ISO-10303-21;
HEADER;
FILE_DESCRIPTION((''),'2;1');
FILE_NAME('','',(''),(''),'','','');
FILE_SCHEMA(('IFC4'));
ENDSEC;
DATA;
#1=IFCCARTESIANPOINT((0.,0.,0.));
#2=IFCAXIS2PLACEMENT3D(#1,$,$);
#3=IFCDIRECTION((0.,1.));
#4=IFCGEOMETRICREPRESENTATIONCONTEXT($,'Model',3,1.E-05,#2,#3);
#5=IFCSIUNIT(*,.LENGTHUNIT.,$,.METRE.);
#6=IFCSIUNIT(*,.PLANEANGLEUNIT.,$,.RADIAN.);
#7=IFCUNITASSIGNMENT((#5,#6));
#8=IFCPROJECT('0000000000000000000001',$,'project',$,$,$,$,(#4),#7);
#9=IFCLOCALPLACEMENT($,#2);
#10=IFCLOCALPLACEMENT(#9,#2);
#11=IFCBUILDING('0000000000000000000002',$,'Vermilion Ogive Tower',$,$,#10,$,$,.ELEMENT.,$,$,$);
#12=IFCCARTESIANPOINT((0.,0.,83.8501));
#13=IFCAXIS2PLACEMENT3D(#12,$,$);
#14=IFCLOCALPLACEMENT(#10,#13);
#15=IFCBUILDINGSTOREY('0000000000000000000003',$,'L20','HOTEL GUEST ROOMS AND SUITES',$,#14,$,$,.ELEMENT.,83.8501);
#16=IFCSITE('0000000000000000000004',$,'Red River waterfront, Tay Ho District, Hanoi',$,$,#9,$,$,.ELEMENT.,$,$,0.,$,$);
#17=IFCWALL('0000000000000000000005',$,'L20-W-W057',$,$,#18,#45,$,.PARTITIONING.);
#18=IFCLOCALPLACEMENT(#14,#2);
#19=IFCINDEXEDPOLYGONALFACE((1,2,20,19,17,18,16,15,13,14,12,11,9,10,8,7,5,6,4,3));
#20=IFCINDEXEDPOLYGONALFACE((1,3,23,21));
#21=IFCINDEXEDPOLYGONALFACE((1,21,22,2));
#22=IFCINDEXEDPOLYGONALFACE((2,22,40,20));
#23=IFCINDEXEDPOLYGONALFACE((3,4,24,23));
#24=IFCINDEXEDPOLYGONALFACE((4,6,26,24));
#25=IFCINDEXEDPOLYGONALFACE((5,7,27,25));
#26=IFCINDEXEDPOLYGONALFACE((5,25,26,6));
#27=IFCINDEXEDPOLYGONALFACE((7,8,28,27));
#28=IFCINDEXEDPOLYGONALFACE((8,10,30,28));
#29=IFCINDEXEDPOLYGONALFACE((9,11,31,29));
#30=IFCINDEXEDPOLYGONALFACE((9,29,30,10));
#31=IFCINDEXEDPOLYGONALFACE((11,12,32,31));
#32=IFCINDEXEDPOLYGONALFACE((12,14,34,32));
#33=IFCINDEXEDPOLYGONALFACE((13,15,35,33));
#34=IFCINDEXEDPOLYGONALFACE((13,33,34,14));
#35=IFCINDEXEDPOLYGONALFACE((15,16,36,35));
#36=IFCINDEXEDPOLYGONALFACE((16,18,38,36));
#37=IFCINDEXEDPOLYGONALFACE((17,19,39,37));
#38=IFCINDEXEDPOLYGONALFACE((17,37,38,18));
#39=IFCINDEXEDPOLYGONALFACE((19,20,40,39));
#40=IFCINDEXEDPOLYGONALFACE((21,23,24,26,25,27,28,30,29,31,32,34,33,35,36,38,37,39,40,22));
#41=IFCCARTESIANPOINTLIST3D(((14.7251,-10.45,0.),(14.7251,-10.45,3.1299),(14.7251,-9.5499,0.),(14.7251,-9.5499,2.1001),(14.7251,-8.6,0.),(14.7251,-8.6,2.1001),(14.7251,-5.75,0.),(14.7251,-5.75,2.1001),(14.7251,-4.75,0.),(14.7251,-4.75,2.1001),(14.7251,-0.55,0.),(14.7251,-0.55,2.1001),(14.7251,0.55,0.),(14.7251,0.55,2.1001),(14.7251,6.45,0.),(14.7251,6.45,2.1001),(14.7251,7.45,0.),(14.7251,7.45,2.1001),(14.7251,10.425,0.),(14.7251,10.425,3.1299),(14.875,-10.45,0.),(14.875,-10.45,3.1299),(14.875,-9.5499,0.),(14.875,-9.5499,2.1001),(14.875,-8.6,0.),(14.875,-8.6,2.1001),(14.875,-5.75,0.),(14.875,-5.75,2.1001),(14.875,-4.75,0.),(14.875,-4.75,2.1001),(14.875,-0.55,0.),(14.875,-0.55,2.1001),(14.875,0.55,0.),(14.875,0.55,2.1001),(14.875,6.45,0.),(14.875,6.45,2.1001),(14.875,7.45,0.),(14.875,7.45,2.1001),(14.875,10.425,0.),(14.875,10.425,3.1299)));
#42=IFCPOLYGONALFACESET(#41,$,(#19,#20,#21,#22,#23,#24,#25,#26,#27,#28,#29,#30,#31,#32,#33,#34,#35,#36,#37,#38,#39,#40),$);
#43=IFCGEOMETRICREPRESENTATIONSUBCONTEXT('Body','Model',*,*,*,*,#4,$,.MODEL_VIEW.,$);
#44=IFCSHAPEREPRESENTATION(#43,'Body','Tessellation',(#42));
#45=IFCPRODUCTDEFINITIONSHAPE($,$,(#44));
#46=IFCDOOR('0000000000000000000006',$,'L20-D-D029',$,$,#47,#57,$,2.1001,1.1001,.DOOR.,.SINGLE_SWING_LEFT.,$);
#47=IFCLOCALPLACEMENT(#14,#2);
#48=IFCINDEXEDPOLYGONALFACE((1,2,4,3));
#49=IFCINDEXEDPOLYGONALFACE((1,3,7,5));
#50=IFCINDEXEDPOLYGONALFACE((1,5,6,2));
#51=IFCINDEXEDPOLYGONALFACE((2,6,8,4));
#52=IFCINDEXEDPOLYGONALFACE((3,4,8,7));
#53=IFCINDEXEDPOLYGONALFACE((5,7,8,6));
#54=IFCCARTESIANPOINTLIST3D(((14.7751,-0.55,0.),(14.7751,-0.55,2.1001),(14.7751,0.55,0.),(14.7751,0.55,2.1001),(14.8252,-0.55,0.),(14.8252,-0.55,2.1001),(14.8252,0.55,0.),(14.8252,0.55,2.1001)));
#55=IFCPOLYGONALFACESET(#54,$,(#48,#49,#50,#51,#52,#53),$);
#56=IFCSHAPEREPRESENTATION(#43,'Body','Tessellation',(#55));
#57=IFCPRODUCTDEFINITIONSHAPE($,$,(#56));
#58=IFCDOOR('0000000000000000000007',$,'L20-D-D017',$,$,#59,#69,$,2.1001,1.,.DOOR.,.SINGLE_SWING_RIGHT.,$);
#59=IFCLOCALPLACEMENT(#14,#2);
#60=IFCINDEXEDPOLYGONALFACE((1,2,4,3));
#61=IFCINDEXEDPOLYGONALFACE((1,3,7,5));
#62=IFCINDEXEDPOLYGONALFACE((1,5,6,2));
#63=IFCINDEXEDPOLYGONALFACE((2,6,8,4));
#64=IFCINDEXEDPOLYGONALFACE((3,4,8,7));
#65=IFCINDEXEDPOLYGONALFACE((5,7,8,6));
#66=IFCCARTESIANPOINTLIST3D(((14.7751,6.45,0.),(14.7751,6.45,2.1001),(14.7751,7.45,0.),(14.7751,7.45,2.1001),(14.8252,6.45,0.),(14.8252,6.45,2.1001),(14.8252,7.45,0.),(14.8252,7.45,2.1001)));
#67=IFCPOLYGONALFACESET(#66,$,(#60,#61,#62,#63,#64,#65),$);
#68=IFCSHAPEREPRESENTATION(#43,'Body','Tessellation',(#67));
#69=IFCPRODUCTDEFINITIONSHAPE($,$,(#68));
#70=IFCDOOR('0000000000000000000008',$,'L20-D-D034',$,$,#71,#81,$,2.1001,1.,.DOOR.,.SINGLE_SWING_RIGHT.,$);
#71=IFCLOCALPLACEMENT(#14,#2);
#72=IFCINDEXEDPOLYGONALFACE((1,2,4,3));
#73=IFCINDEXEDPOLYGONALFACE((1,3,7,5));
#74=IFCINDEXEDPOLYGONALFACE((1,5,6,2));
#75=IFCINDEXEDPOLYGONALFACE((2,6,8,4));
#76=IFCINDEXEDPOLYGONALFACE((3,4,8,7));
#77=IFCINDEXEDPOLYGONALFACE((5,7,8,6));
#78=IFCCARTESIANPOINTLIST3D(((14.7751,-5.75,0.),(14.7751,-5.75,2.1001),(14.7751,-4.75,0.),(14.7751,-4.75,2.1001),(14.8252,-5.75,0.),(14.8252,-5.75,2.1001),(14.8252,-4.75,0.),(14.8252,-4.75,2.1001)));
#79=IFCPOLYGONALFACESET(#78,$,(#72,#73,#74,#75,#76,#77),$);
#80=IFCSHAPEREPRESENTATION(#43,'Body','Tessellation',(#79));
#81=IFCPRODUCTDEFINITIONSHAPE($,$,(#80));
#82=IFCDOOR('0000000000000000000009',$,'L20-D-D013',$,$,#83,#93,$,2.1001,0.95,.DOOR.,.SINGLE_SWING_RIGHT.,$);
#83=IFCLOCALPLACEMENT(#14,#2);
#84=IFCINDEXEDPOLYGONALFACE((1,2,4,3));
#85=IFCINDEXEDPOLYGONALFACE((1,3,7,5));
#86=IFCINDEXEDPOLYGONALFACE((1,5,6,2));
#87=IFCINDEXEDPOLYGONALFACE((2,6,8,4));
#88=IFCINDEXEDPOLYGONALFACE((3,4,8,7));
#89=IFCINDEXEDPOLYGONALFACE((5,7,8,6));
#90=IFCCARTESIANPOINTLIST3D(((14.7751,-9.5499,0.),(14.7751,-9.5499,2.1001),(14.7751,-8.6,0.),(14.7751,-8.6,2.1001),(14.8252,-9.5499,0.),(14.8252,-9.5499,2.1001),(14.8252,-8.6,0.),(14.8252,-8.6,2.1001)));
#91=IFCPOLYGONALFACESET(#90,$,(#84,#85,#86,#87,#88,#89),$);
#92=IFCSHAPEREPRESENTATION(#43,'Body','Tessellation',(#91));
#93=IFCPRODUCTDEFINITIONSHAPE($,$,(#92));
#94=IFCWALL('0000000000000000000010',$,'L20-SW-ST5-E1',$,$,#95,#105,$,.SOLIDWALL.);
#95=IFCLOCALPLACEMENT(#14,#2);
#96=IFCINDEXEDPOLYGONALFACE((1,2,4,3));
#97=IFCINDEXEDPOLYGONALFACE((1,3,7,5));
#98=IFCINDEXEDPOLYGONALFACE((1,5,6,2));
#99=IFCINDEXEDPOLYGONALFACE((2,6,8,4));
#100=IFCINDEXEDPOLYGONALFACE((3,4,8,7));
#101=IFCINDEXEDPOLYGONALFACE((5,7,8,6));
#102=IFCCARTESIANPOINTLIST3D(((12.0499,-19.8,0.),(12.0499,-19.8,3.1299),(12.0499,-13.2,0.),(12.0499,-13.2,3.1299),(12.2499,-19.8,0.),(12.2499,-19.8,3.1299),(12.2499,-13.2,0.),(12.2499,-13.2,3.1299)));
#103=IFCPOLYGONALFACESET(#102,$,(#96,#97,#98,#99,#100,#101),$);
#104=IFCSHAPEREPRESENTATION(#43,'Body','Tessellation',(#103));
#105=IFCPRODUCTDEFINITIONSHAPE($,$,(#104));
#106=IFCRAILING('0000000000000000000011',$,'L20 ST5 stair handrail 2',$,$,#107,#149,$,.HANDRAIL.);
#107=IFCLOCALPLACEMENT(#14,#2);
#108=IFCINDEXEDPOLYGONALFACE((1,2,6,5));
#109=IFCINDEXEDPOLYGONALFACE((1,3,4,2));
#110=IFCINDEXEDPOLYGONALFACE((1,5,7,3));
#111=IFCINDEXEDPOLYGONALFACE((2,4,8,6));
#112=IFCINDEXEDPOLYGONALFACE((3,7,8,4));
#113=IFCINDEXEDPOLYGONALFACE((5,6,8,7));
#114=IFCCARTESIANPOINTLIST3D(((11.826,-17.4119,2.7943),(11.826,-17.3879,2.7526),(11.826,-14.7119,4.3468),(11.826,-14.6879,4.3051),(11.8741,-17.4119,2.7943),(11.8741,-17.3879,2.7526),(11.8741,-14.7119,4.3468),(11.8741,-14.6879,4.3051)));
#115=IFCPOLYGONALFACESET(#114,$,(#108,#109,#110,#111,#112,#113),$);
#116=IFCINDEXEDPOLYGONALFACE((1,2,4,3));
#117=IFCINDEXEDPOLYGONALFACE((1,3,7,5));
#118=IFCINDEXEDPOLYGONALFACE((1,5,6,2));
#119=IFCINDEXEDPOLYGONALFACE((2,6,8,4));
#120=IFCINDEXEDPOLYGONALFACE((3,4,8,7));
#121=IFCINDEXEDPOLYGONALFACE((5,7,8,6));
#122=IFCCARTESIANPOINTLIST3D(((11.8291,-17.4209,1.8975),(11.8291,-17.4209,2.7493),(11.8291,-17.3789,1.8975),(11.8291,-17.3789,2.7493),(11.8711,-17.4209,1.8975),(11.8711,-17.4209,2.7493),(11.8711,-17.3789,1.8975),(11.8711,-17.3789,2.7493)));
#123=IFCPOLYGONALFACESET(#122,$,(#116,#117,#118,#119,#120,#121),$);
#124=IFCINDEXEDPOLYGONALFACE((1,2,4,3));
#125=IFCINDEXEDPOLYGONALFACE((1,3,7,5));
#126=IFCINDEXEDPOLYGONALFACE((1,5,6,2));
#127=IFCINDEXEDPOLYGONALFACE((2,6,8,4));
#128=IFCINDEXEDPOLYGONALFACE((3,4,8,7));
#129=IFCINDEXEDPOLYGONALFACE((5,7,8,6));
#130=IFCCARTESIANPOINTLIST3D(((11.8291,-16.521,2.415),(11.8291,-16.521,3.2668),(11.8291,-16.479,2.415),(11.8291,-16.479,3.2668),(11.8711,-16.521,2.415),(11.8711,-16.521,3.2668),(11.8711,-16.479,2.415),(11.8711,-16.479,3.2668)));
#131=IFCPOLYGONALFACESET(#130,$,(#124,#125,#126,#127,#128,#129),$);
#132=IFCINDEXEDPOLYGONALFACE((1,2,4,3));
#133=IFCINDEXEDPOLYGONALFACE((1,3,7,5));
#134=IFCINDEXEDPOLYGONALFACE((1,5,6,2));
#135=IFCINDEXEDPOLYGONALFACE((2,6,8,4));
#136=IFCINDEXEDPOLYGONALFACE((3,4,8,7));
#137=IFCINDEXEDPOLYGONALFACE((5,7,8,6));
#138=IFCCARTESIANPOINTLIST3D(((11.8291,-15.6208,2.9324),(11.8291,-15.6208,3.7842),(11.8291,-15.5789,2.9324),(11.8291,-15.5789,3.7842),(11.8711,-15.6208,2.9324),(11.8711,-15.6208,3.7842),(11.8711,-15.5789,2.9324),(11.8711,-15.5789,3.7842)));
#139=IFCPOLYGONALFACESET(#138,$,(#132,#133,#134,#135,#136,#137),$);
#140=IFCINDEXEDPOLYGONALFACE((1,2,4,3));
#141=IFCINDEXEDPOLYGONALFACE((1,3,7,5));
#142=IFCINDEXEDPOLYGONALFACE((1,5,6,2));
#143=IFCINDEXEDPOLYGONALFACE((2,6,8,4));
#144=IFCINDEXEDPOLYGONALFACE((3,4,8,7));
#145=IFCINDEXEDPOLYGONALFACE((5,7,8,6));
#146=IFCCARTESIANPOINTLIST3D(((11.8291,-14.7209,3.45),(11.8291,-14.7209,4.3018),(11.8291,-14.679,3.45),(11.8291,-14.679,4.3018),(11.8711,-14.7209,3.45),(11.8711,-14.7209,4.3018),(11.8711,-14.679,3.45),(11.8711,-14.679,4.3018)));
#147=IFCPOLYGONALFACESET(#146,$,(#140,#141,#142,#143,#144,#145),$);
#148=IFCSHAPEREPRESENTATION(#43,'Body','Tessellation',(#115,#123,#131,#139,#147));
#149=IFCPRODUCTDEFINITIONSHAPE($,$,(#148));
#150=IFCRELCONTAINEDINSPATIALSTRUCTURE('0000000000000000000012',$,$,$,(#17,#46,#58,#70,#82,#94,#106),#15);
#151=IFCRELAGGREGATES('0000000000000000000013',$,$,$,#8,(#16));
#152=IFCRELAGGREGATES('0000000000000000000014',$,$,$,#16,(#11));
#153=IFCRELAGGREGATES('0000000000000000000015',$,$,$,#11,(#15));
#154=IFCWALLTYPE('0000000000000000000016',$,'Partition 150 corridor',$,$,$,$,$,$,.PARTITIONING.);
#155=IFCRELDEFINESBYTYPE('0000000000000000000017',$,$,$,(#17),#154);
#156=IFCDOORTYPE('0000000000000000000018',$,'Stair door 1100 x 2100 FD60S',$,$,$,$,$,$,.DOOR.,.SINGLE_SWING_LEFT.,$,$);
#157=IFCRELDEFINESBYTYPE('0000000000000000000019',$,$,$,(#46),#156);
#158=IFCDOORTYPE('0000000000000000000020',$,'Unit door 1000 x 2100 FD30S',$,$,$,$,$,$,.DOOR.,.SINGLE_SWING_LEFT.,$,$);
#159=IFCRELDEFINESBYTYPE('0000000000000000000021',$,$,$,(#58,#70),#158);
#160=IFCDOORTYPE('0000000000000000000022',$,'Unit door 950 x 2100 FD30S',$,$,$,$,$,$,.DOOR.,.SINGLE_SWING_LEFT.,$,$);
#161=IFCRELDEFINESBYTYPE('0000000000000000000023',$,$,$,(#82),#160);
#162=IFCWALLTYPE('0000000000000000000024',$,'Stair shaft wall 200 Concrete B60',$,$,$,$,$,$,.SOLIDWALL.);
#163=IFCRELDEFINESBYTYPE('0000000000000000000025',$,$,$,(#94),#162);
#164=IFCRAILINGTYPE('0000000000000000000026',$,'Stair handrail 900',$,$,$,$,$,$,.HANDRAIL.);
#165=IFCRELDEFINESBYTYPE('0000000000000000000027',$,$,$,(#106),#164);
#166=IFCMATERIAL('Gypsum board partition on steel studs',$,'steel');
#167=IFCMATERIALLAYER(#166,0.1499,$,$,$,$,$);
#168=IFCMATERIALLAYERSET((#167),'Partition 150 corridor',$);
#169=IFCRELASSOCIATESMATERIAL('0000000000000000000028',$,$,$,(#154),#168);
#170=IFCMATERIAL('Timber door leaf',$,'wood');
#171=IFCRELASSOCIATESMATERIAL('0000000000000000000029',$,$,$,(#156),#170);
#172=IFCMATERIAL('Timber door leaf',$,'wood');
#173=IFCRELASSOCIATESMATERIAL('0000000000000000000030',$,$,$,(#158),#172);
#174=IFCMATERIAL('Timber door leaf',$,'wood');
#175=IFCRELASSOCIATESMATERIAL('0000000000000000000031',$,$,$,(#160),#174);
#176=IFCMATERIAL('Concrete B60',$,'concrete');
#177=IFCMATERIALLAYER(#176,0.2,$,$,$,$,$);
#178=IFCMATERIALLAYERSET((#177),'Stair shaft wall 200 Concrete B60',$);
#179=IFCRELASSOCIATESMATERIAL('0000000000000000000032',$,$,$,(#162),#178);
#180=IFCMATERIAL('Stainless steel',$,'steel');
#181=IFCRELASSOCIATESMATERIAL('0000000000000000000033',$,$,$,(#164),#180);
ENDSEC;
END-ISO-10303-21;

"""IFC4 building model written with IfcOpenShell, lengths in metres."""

from ifc_helpers import new_model, si_unit, direction, frame, frame_2d, origin, origin_2d, place, context, subcontext, project, spatial, rectangle, extrude, material, layer, layer_set, type_object, element, fill, save


model = new_model("IFC4")

# Units and contexts
model_context = context("Model", 3, precision=1e-05, world=origin(), true_north=direction((0.0, 1.0)))
body_context = subcontext(model_context, "Body", "Model", "MODEL_VIEW")
ifc_project = project(units=[si_unit("LENGTHUNIT", "METRE"), si_unit("PLANEANGLEUNIT", "RADIAN")], contexts=[model_context])

# Site, building, storey
site_placement = place(None, origin())
site = spatial("IfcSite", under=ifc_project, at=site_placement, Name="Red River waterfront, Tay Ho District, Hanoi", CompositionType="ELEMENT", RefElevation=0.0)
building_placement = place(site_placement, origin())
building = spatial("IfcBuilding", under=site, at=building_placement, Name="Vermilion Ogive Tower", CompositionType="ELEMENT")
storey_placement = place(building_placement, frame((0.0, 0.0, 83.8501)))
storey = spatial("IfcBuildingStorey", under=building, at=storey_placement, Name="L20", Description="HOTEL GUEST ROOMS AND SUITES", CompositionType="ELEMENT", Elevation=83.8501)

# Wall, openings, doors
ifc_material_1 = material(Name="Gypsum board partition on steel studs", Category="steel")
ifc_layer_1 = layer(ifc_material_1, 0.1499)
ifc_layer_set_1 = layer_set([ifc_layer_1], Name="Partition 150 corridor")
wall_type_1 = type_object("IfcWallType", Name="Partition 150 corridor", PredefinedType="PARTITIONING", material=ifc_layer_set_1)
wall_1_placement = place(storey_placement, frame((14.8, -10.45, 0.0), z_axis=(0.0, 0.0, 1.0), x_axis=(0.0, 1.0, 0.0)))
wall_1 = element("IfcWall", 1, at=wall_1_placement, inside=storey, type_object=wall_type_1, Name="L20-W-W057", PredefinedType="PARTITIONING", context=body_context, shape_type="SweptSolid", body=[
    extrude(rectangle(XDim=20.875, YDim=0.1499, at=frame_2d((10.4375, 0.0))), origin(), (0.0, 0.0, 1.0), 3.1299),
])
opening_1_placement = place(wall_1_placement, frame((0.8999, 0.0, 0.0)))
opening_1 = element("IfcOpeningElement", 2, at=opening_1_placement, cuts=wall_1, PredefinedType="OPENING", context=body_context, shape_type="SweptSolid", body=[
    extrude(rectangle(XDim=0.95, YDim=2.1001, at=frame_2d((0.4751, 1.05))), frame((0.0, 0.085, 0.0), z_axis=(0.0, -1.0, 0.0), x_axis=(1.0, 0.0, 0.0)), (0.0, 0.0, 1.0), 0.1699),
])
opening_2_placement = place(wall_1_placement, frame((16.8999, 0.0, 0.0)))
opening_2 = element("IfcOpeningElement", 3, at=opening_2_placement, cuts=wall_1, PredefinedType="OPENING", context=body_context, shape_type="SweptSolid", body=[
    extrude(rectangle(XDim=1.0, YDim=2.1001, at=frame_2d((0.5, 1.05))), frame((0.0, 0.085, 0.0), z_axis=(0.0, -1.0, 0.0), x_axis=(1.0, 0.0, 0.0)), (0.0, 0.0, 1.0), 0.1699),
])
opening_3_placement = place(wall_1_placement, frame((9.8999, 0.0, 0.0)))
opening_3 = element("IfcOpeningElement", 4, at=opening_3_placement, cuts=wall_1, PredefinedType="OPENING", context=body_context, shape_type="SweptSolid", body=[
    extrude(rectangle(XDim=1.1001, YDim=2.1001, at=frame_2d((0.55, 1.05))), frame((0.0, 0.085, 0.0), z_axis=(0.0, -1.0, 0.0), x_axis=(1.0, 0.0, 0.0)), (0.0, 0.0, 1.0), 0.1699),
])
opening_4_placement = place(wall_1_placement, frame((4.7, 0.0, 0.0)))
opening_4 = element("IfcOpeningElement", 5, at=opening_4_placement, cuts=wall_1, PredefinedType="OPENING", context=body_context, shape_type="SweptSolid", body=[
    extrude(rectangle(XDim=1.0, YDim=2.1001, at=frame_2d((0.5, 1.05))), frame((0.0, 0.085, 0.0), z_axis=(0.0, -1.0, 0.0), x_axis=(1.0, 0.0, 0.0)), (0.0, 0.0, 1.0), 0.1699),
])
ifc_material_2 = material(Name="Timber door leaf", Category="wood")
door_type_1 = type_object("IfcDoorType", Name="Stair door 1100 x 2100 FD60S", OperationType="SINGLE_SWING_LEFT", PredefinedType="DOOR", material=ifc_material_2)
door_1_placement = place(opening_3_placement, origin())
door_1 = element("IfcDoor", 6, at=door_1_placement, inside=storey, type_object=door_type_1, Name="L20-D-D029", OperationType="SINGLE_SWING_LEFT", OverallHeight=2.1001, OverallWidth=1.1001, PredefinedType="DOOR", context=body_context, shape_type="SweptSolid", body=[
    extrude(rectangle(XDim=1.1001, YDim=2.1001, at=frame_2d((0.55, 1.05))), frame((0.0, 0.0249, 0.0), z_axis=(0.0, -1.0, 0.0), x_axis=(1.0, 0.0, 0.0)), (0.0, 0.0, 1.0), 0.05),
])
fill(opening_3, door_1)
ifc_material_3 = material(Name="Timber door leaf", Category="wood")
door_type_2 = type_object("IfcDoorType", Name="Unit door 1000 x 2100 FD30S", OperationType="SINGLE_SWING_LEFT", PredefinedType="DOOR", material=ifc_material_3)
door_2_placement = place(opening_2_placement, origin())
door_2 = element("IfcDoor", 7, at=door_2_placement, inside=storey, type_object=door_type_2, Name="L20-D-D017", OperationType="SINGLE_SWING_RIGHT", OverallHeight=2.1001, OverallWidth=1.0, PredefinedType="DOOR", context=body_context, shape_type="SweptSolid", body=[
    extrude(rectangle(XDim=1.0, YDim=2.1001, at=frame_2d((0.5, 1.05))), frame((0.0, 0.0249, 0.0), z_axis=(0.0, -1.0, 0.0), x_axis=(1.0, 0.0, 0.0)), (0.0, 0.0, 1.0), 0.05),
])
fill(opening_2, door_2)
door_3_placement = place(opening_4_placement, origin())
door_3 = element("IfcDoor", 8, at=door_3_placement, inside=storey, type_object=door_type_2, Name="L20-D-D034", OperationType="SINGLE_SWING_RIGHT", OverallHeight=2.1001, OverallWidth=1.0, PredefinedType="DOOR", context=body_context, shape_type="SweptSolid", body=[
    extrude(rectangle(XDim=1.0, YDim=2.1001, at=frame_2d((0.5, 1.05))), frame((0.0, 0.0249, 0.0), z_axis=(0.0, -1.0, 0.0), x_axis=(1.0, 0.0, 0.0)), (0.0, 0.0, 1.0), 0.05),
])
fill(opening_4, door_3)
ifc_material_4 = material(Name="Timber door leaf", Category="wood")
door_type_3 = type_object("IfcDoorType", Name="Unit door 950 x 2100 FD30S", OperationType="SINGLE_SWING_LEFT", PredefinedType="DOOR", material=ifc_material_4)
door_4_placement = place(opening_1_placement, origin())
door_4 = element("IfcDoor", 9, at=door_4_placement, inside=storey, type_object=door_type_3, Name="L20-D-D013", OperationType="SINGLE_SWING_RIGHT", OverallHeight=2.1001, OverallWidth=0.95, PredefinedType="DOOR", context=body_context, shape_type="SweptSolid", body=[
    extrude(rectangle(XDim=0.95, YDim=2.1001, at=frame_2d((0.4751, 1.05))), frame((0.0, 0.0249, 0.0), z_axis=(0.0, -1.0, 0.0), x_axis=(1.0, 0.0, 0.0)), (0.0, 0.0, 1.0), 0.05),
])
fill(opening_1, door_4)

# Wall
ifc_material_5 = material(Name="Concrete B60", Category="concrete")
ifc_layer_2 = layer(ifc_material_5, 0.2)
ifc_layer_set_2 = layer_set([ifc_layer_2], Name="Stair shaft wall 200 Concrete B60")
wall_type_2 = type_object("IfcWallType", Name="Stair shaft wall 200 Concrete B60", PredefinedType="SOLIDWALL", material=ifc_layer_set_2)
wall_2_placement = place(storey_placement, frame((12.1499, -19.8, 0.0), z_axis=(0.0, 0.0, 1.0), x_axis=(0.0, 1.0, 0.0)))
element("IfcWall", 10, at=wall_2_placement, inside=storey, type_object=wall_type_2, Name="L20-SW-ST5-E1", PredefinedType="SOLIDWALL", context=body_context, shape_type="SweptSolid", body=[
    extrude(rectangle(XDim=6.6001, YDim=0.2, at=frame_2d((3.3, 0.0))), origin(), (0.0, 0.0, 1.0), 3.1299),
])

# Railing
ifc_material_6 = material(Name="Stainless steel", Category="steel")
railing_type = type_object("IfcRailingType", Name="Stair handrail 900", PredefinedType="HANDRAIL", material=ifc_material_6)
railing_placement = place(storey_placement, frame((11.8501, -17.3999, 1.8975)))
element("IfcRailing", 11, at=railing_placement, inside=storey, type_object=railing_type, Name="L20 ST5 stair handrail 2", PredefinedType="HANDRAIL", context=body_context, shape_type="SweptSolid", body=[
    extrude(rectangle(XDim=0.0481, YDim=0.0481, at=origin_2d()), frame((0.0, 0.0, 0.876), z_axis=(0.0, 0.866904, 0.498476), x_axis=(-1.0, 0.0, 0.0)), (0.0, 0.0, 1.0), 3.1145),
    extrude(rectangle(XDim=0.042, YDim=0.042, at=origin_2d()), origin(), (0.0, 0.0, 1.0), 0.8518),
    extrude(rectangle(XDim=0.042, YDim=0.042, at=origin_2d()), frame((0.0, 0.8999, 0.5176)), (0.0, 0.0, 1.0), 0.8518),
    extrude(rectangle(XDim=0.042, YDim=0.042, at=origin_2d()), frame((0.0, 1.8, 1.0349)), (0.0, 0.0, 1.0), 0.8518),
    extrude(rectangle(XDim=0.042, YDim=0.042, at=origin_2d()), frame((0.0, 2.7, 1.5525)), (0.0, 0.0, 1.0), 0.8518),
])

save(model, "model.ifc")
